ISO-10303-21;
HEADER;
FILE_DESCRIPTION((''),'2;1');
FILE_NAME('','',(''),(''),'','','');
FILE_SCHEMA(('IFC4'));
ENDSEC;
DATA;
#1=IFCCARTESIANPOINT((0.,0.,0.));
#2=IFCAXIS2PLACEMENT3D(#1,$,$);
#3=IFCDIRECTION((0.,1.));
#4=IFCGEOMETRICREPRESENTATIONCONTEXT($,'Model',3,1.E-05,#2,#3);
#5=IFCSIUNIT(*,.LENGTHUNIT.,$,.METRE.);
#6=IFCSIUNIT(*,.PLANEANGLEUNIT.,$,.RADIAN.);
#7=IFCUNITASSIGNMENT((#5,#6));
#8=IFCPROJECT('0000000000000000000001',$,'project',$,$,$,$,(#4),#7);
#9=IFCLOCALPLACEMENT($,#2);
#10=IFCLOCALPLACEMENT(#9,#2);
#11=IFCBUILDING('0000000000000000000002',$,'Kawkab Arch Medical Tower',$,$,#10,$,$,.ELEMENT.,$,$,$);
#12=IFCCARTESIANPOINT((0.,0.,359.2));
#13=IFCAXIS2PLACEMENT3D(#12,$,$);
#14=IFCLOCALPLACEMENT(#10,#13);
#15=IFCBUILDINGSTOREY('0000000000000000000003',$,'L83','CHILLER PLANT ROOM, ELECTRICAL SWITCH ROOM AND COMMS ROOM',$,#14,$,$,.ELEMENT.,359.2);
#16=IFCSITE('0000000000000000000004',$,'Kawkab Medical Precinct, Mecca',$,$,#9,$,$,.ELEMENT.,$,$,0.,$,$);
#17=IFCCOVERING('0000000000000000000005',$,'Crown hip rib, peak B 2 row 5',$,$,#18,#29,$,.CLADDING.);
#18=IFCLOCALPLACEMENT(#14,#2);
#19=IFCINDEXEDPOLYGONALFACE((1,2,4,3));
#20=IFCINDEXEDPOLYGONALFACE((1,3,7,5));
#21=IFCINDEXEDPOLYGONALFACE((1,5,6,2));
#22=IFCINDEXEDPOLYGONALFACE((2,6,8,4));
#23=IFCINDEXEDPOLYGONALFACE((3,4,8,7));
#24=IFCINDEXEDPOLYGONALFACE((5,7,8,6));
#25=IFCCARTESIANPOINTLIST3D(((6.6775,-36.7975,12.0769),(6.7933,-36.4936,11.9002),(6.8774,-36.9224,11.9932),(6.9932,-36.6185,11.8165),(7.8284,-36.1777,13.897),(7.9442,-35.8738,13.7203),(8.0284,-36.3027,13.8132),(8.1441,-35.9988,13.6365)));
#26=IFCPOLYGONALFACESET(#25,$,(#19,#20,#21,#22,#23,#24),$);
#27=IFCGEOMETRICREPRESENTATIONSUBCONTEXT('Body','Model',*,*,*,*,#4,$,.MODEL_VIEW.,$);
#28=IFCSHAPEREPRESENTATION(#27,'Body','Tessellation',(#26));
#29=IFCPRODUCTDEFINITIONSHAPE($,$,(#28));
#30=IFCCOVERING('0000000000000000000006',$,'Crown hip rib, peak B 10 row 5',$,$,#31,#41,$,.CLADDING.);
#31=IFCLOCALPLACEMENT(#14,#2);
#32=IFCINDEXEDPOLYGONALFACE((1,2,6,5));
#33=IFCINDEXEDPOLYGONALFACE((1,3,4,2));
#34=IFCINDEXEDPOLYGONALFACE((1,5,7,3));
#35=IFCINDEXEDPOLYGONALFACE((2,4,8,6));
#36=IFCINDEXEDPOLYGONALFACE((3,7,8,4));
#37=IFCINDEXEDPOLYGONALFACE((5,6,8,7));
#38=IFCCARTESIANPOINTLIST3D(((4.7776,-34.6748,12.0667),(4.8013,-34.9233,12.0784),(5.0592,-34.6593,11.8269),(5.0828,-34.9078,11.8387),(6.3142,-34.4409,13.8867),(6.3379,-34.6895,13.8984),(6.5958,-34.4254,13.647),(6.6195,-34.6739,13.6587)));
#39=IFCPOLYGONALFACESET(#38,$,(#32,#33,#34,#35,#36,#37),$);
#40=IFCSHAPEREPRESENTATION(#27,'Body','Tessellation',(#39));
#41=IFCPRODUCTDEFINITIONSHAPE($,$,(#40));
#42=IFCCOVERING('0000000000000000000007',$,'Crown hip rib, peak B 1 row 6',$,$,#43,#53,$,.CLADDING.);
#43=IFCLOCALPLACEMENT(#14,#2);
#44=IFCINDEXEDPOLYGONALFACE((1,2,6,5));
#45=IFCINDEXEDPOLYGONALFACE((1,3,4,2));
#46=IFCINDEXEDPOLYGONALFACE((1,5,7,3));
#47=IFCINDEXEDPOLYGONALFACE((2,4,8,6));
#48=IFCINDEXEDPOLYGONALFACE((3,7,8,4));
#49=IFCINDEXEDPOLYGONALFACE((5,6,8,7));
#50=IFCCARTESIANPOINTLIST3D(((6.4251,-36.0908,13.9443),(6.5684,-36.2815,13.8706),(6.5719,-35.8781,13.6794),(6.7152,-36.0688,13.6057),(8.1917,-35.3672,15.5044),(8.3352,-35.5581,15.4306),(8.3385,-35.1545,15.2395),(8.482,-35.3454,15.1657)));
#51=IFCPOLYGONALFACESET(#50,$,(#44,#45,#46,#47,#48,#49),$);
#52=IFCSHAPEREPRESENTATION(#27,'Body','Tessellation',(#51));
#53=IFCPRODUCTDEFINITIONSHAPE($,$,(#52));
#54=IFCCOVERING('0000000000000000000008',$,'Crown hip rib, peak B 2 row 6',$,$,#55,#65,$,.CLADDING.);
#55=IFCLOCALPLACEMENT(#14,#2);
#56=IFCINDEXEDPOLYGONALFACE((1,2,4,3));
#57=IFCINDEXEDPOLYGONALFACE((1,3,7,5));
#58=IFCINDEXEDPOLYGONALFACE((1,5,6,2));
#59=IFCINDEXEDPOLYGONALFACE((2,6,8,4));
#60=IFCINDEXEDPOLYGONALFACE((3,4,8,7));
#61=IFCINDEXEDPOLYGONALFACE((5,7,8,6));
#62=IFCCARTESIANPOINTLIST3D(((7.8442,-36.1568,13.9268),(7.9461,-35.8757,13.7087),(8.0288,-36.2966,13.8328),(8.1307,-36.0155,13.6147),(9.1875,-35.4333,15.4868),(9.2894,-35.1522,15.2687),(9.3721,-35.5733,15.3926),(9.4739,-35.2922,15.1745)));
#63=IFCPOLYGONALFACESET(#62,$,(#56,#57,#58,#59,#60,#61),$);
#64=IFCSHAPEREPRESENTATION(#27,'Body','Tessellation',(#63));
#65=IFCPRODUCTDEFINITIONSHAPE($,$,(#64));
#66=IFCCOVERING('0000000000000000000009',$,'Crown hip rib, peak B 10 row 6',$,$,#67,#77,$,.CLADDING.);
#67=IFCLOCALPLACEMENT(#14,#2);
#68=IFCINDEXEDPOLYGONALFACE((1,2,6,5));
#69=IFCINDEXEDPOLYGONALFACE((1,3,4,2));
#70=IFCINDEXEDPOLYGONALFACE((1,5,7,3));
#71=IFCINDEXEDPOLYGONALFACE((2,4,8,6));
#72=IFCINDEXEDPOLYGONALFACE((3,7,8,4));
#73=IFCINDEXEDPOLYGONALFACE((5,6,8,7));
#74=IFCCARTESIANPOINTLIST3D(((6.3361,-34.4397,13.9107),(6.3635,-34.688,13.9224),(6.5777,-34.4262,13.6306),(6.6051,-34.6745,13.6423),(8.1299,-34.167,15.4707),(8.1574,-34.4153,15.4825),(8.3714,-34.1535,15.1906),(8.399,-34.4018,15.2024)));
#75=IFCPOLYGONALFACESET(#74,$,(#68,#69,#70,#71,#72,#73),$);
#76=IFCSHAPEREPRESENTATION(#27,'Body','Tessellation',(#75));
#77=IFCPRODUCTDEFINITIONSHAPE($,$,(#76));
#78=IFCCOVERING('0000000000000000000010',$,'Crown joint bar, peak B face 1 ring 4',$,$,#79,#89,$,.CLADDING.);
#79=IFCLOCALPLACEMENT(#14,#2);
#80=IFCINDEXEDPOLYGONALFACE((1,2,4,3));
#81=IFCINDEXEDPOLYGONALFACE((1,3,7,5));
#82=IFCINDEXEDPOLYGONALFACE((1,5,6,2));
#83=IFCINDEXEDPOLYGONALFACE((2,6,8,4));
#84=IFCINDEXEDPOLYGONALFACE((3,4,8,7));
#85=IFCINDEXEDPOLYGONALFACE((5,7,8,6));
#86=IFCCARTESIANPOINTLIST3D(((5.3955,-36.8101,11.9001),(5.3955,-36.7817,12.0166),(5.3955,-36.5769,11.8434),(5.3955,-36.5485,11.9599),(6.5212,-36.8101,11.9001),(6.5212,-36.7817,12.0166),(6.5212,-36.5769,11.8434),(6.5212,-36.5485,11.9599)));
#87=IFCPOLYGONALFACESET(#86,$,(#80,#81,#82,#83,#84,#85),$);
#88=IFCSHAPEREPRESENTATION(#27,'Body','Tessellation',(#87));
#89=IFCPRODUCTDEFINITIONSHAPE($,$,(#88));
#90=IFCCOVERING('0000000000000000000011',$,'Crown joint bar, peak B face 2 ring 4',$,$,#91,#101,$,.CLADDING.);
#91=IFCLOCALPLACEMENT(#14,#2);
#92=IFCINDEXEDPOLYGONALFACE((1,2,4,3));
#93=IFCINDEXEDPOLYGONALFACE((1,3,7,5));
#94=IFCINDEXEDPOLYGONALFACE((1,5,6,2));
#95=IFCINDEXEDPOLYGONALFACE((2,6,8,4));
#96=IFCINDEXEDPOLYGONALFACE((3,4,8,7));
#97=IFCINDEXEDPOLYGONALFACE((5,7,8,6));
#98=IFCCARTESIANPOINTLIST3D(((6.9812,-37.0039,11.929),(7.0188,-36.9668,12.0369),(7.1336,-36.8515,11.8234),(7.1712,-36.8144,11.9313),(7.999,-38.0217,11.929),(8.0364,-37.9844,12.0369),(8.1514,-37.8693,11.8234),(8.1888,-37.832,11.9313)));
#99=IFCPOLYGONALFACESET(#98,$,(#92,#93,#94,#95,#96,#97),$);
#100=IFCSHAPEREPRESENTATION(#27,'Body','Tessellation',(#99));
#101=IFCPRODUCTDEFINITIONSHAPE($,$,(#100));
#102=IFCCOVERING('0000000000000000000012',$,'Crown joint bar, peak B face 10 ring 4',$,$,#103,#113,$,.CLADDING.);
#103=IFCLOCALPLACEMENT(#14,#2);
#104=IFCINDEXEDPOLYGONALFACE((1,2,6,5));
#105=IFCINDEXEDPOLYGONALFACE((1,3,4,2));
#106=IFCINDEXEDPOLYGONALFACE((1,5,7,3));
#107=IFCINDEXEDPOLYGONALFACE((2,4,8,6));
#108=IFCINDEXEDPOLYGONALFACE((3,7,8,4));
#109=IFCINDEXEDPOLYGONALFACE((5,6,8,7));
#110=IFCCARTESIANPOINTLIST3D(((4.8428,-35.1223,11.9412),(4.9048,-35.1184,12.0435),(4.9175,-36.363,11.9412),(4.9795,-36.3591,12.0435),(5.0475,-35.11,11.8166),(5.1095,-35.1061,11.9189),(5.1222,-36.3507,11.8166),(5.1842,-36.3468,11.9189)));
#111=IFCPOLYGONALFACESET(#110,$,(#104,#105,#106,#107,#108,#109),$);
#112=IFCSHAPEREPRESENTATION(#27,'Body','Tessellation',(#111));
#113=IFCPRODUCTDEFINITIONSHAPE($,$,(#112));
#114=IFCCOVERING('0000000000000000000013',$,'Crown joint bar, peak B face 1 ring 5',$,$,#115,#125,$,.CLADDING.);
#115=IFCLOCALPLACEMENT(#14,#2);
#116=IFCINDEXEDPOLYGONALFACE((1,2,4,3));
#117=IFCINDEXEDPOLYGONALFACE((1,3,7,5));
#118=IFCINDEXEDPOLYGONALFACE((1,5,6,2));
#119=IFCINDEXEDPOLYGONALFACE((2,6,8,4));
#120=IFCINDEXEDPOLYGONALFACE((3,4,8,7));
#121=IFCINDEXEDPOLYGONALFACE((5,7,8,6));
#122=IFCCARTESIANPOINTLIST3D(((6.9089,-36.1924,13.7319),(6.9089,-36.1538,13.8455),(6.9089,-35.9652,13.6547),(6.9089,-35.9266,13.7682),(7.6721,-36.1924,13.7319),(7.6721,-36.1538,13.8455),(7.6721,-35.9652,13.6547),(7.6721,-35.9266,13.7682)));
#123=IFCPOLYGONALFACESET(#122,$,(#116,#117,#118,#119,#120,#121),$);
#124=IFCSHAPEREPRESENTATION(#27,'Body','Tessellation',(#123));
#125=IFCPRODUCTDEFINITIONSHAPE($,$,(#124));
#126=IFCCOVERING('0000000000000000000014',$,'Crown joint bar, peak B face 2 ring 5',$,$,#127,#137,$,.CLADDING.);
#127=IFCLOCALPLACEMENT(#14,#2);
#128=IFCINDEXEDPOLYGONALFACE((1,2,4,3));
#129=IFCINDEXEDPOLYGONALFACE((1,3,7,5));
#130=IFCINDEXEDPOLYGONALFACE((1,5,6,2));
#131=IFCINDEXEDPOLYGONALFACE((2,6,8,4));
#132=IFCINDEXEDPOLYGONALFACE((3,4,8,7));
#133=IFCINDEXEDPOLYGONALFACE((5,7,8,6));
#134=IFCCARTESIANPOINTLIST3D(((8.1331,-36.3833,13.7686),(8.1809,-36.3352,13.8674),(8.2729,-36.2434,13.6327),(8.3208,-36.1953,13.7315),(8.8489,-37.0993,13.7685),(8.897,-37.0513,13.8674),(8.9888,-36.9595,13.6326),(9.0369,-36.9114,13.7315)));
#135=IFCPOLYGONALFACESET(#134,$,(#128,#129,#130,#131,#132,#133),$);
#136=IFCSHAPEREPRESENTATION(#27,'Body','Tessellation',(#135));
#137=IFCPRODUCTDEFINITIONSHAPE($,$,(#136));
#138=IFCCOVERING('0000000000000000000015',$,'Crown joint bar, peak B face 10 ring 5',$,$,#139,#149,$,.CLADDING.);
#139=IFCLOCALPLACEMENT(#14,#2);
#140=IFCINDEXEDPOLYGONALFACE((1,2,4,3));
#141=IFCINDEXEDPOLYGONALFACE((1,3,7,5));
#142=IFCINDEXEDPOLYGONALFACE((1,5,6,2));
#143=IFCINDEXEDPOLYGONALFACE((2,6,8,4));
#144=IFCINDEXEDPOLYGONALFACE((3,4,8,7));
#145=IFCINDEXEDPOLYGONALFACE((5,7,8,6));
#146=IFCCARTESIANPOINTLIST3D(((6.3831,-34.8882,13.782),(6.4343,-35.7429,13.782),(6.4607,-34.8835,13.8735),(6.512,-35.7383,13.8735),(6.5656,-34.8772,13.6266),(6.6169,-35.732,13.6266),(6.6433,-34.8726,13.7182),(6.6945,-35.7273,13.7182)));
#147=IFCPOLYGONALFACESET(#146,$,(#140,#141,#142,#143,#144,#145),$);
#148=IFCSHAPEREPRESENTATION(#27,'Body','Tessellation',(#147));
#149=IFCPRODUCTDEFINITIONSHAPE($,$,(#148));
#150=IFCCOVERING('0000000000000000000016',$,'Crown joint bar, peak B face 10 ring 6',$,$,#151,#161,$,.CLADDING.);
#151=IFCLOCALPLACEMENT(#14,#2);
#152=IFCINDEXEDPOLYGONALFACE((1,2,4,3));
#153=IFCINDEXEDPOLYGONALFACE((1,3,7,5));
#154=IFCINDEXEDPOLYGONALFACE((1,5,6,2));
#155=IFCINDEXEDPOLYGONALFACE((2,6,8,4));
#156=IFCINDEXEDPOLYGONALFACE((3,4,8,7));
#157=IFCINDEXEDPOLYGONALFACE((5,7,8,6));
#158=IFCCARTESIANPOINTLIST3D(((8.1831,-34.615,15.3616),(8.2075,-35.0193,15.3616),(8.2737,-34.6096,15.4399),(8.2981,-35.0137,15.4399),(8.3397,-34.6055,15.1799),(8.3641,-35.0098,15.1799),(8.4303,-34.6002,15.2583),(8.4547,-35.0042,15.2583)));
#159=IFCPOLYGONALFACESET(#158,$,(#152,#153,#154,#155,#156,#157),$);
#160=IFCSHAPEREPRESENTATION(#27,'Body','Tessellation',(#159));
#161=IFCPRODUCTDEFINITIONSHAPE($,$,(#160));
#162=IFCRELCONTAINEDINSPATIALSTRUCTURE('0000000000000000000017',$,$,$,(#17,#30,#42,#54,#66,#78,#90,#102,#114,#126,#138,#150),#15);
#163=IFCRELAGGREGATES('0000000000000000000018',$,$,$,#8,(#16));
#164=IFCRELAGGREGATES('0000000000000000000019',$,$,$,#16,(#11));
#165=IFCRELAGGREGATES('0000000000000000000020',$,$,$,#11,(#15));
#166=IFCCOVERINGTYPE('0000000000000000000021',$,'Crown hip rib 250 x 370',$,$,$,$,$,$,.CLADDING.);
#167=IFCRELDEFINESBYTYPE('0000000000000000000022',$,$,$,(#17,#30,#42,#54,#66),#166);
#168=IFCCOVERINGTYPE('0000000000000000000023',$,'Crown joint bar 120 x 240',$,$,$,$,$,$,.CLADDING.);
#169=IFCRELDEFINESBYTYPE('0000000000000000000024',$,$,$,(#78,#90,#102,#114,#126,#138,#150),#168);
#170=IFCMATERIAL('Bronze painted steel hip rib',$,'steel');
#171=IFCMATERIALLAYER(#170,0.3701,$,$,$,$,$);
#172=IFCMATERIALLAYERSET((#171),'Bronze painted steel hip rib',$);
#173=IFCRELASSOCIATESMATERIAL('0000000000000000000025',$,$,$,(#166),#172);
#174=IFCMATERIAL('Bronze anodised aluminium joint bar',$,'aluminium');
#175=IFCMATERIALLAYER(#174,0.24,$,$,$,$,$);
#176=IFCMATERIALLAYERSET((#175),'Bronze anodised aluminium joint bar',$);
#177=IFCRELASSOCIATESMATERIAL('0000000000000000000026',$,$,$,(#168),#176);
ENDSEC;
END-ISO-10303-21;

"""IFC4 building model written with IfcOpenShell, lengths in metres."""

from ifc_helpers import new_model, si_unit, direction, frame, origin, place, context, subcontext, project, spatial, polyline, outline, extrude, material, layer, layer_set, type_object, element, save


model = new_model("IFC4")

# Units and contexts
model_context = context("Model", 3, precision=1e-05, world=origin(), true_north=direction((0.0, 1.0)))
body_context = subcontext(model_context, "Body", "Model", "MODEL_VIEW")
ifc_project = project(units=[si_unit("LENGTHUNIT", "METRE"), si_unit("PLANEANGLEUNIT", "RADIAN")], contexts=[model_context])

# Site, building, storey
site_placement = place(None, origin())
site = spatial("IfcSite", under=ifc_project, at=site_placement, Name="Kawkab Medical Precinct, Mecca", CompositionType="ELEMENT", RefElevation=0.0)
building_placement = place(site_placement, origin())
building = spatial("IfcBuilding", under=site, at=building_placement, Name="Kawkab Arch Medical Tower", CompositionType="ELEMENT")
storey_placement = place(building_placement, frame((0.0, 0.0, 359.2)))
storey = spatial("IfcBuildingStorey", under=building, at=storey_placement, Name="L83", Description="CHILLER PLANT ROOM, ELECTRICAL SWITCH ROOM AND COMMS ROOM", CompositionType="ELEMENT", Elevation=359.2)

# Coverings
ifc_material_1 = material(Name="Bronze painted steel hip rib", Category="steel")
ifc_layer_1 = layer(ifc_material_1, 0.3701)
ifc_layer_set_1 = layer_set([ifc_layer_1], Name="Bronze painted steel hip rib")
covering_type_1 = type_object("IfcCoveringType", Name="Crown hip rib 250 x 370", PredefinedType="CLADDING", material=ifc_layer_set_1)
covering_1_placement = place(storey_placement, frame((6.8774, -36.9224, 11.9932), z_axis=(-0.31286, -0.82109, 0.477419), x_axis=(0.51362, 0.27656, 0.812225)))
element("IfcCovering", 1, at=covering_1_placement, inside=storey, type_object=covering_type_1, Name="Crown hip rib, peak B 2 row 5", PredefinedType="CLADDING", context=body_context, shape_type="SweptSolid", body=[
    extrude(outline(polyline([(0.0, 0.0), (2.2408, 0.0), (2.2407, 0.2502), (-0.0002, 0.2501), (0.0, 0.0)])), origin(), (0.0, 0.0, -1.0), 0.3701),
])
covering_2_placement = place(storey_placement, frame((4.8013, -34.9233, 12.0784), z_axis=(-0.760761, -0.04195, 0.647675), x_axis=(0.642014, 0.09772, 0.76044)))
element("IfcCovering", 2, at=covering_2_placement, inside=storey, type_object=covering_type_1, Name="Crown hip rib, peak B 10 row 5", PredefinedType="CLADDING", context=body_context, shape_type="SweptSolid", body=[
    extrude(outline(polyline([(0.0, 0.0), (2.3934, 0.0), (2.3936, 0.2499), (0.0002, 0.2499), (0.0, 0.0)])), origin(), (0.0, 0.0, -1.0), 0.3701),
])
covering_3_placement = place(storey_placement, frame((6.5684, -36.2815, 13.8706), z_axis=(-0.396646, -0.574776, 0.715755), x_axis=(0.716624, 0.293406, 0.632743)))
element("IfcCovering", 3, at=covering_3_placement, inside=storey, type_object=covering_type_1, Name="Crown hip rib, peak B 1 row 6", PredefinedType="CLADDING", context=body_context, shape_type="SweptSolid", body=[
    extrude(outline(polyline([(0.0, 0.0), (2.4655, 0.0), (2.4653, 0.25), (-0.0001, 0.2497), (0.0, 0.0)])), origin(), (0.0, 0.0, -1.0), 0.3701),
])
covering_4_placement = place(storey_placement, frame((8.0288, -36.2966, 13.8328), z_axis=(-0.275251, -0.759604, 0.58927), x_axis=(0.615631, 0.331516, 0.714909)))
element("IfcCovering", 4, at=covering_4_placement, inside=storey, type_object=covering_type_1, Name="Crown hip rib, peak B 2 row 6", PredefinedType="CLADDING", context=body_context, shape_type="SweptSolid", body=[
    extrude(outline(polyline([(0.0, 0.0), (2.1819, 0.0), (2.182, 0.25), (-0.0001, 0.2499), (0.0, 0.0)])), origin(), (0.0, 0.0, -1.0), 0.3701),
])
covering_5_placement = place(storey_placement, frame((6.3635, -34.688, 13.9224), z_axis=(-0.65263, -0.036474, 0.756798), x_axis=(0.749646, 0.113959, 0.651954)))
element("IfcCovering", 5, at=covering_5_placement, inside=storey, type_object=covering_type_1, Name="Crown hip rib, peak B 10 row 6", PredefinedType="CLADDING", context=body_context, shape_type="SweptSolid", body=[
    extrude(outline(polyline([(0.0, 0.0), (2.393, 0.0), (2.393, 0.2501), (0.0002, 0.2501), (0.0, 0.0)])), origin(), (0.0, 0.0, -1.0), 0.3701),
])
ifc_material_2 = material(Name="Bronze anodised aluminium joint bar", Category="aluminium")
ifc_layer_2 = layer(ifc_material_2, 0.24)
ifc_layer_set_2 = layer_set([ifc_layer_2], Name="Bronze anodised aluminium joint bar")
covering_type_2 = type_object("IfcCoveringType", Name="Crown joint bar 120 x 240", PredefinedType="CLADDING", material=ifc_layer_set_2)
covering_6_placement = place(storey_placement, frame((5.3955, -36.8101, 11.9001), z_axis=(0.0, -0.97168, 0.2363), x_axis=(1.0, 0.0, 0.0)))
element("IfcCovering", 6, at=covering_6_placement, inside=storey, type_object=covering_type_2, Name="Crown joint bar, peak B face 1 ring 4", PredefinedType="CLADDING", context=body_context, shape_type="SweptSolid", body=[
    extrude(outline(polyline([(0.0, 0.0), (1.1257, 0.0), (1.1257, 0.1198), (0.0, 0.1198), (0.0, 0.0)])), origin(), (0.0, 0.0, -1.0), 0.24),
])
covering_7_placement = place(storey_placement, frame((6.9812, -37.0039, 11.929), z_axis=(-0.635092, -0.635092, 0.439679), x_axis=(0.707107, -0.707107, 0.0)))
element("IfcCovering", 7, at=covering_7_placement, inside=storey, type_object=covering_type_2, Name="Crown joint bar, peak B face 2 ring 4", PredefinedType="CLADDING", context=body_context, shape_type="SweptSolid", body=[
    extrude(outline(polyline([(0.0, 0.0), (1.4394, 0.0), (1.4394, 0.1201), (0.0003, 0.1201), (0.0, 0.0)])), origin(), (0.0, 0.0, -1.0), 0.24),
])
covering_8_placement = place(storey_placement, frame((4.8428, -35.1223, 11.9412), z_axis=(-0.853143, -0.05137, 0.519141), x_axis=(0.060104, -0.998192, 0.0)))
element("IfcCovering", 8, at=covering_8_placement, inside=storey, type_object=covering_type_2, Name="Crown joint bar, peak B face 10 ring 4", PredefinedType="CLADDING", context=body_context, shape_type="SweptSolid", body=[
    extrude(outline(polyline([(0.0, 0.0), (1.243, 0.0), (1.2428, 0.1197), (-0.0002, 0.1197), (0.0, 0.0)])), origin(), (0.0, 0.0, -1.0), 0.24),
])
covering_9_placement = place(storey_placement, frame((6.9089, -36.1924, 13.7319), z_axis=(0.0, -0.946835, 0.32172), x_axis=(1.0, 0.0, 0.0)))
element("IfcCovering", 9, at=covering_9_placement, inside=storey, type_object=covering_type_2, Name="Crown joint bar, peak B face 1 ring 5", PredefinedType="CLADDING", context=body_context, shape_type="SweptSolid", body=[
    extrude(outline(polyline([(0.0, 0.0), (0.7632, 0.0), (0.7632, 0.1199), (0.0, 0.1199), (0.0, 0.0)])), origin(), (0.0, 0.0, -1.0), 0.24),
])
covering_10_placement = place(storey_placement, frame((8.1331, -36.3833, 13.7686), z_axis=(-0.582864, -0.582764, 0.566265), x_axis=(0.707027, -0.707186, -0.00004)))
element("IfcCovering", 10, at=covering_10_placement, inside=storey, type_object=covering_type_2, Name="Crown joint bar, peak B face 2 ring 5", PredefinedType="CLADDING", context=body_context, shape_type="SweptSolid", body=[
    extrude(outline(polyline([(0.0, 0.0), (1.0125, 0.0), (1.0125, 0.12), (-0.0002, 0.1199), (0.0, 0.0)])), origin(), (0.0, 0.0, -1.0), 0.24),
])
covering_11_placement = place(storey_placement, frame((6.3831, -34.8882, 13.782), z_axis=(-0.760755, -0.045632, 0.647433), x_axis=(0.059875, -0.998206, 0.0)))
element("IfcCovering", 11, at=covering_11_placement, inside=storey, type_object=covering_type_2, Name="Crown joint bar, peak B face 10 ring 5", PredefinedType="CLADDING", context=body_context, shape_type="SweptSolid", body=[
    extrude(outline(polyline([(0.0, 0.0), (0.8563, 0.0), (0.8563, 0.1201), (0.0, 0.1201), (0.0, 0.0)])), origin(), (0.0, 0.0, -1.0), 0.24),
])
covering_12_placement = place(storey_placement, frame((8.1831, -34.615, 15.3616), z_axis=(-0.652433, -0.03941, 0.756821), x_axis=(0.060284, -0.998181, -0.000009)))
element("IfcCovering", 12, at=covering_12_placement, inside=storey, type_object=covering_type_2, Name="Crown joint bar, peak B face 10 ring 6", PredefinedType="CLADDING", context=body_context, shape_type="SweptSolid", body=[
    extrude(outline(polyline([(0.0, 0.0), (0.405, 0.0), (0.4049, 0.1199), (0.0001, 0.1199), (0.0, 0.0)])), origin(), (0.0, 0.0, -1.0), 0.24),
])

save(model, "model.ifc")
